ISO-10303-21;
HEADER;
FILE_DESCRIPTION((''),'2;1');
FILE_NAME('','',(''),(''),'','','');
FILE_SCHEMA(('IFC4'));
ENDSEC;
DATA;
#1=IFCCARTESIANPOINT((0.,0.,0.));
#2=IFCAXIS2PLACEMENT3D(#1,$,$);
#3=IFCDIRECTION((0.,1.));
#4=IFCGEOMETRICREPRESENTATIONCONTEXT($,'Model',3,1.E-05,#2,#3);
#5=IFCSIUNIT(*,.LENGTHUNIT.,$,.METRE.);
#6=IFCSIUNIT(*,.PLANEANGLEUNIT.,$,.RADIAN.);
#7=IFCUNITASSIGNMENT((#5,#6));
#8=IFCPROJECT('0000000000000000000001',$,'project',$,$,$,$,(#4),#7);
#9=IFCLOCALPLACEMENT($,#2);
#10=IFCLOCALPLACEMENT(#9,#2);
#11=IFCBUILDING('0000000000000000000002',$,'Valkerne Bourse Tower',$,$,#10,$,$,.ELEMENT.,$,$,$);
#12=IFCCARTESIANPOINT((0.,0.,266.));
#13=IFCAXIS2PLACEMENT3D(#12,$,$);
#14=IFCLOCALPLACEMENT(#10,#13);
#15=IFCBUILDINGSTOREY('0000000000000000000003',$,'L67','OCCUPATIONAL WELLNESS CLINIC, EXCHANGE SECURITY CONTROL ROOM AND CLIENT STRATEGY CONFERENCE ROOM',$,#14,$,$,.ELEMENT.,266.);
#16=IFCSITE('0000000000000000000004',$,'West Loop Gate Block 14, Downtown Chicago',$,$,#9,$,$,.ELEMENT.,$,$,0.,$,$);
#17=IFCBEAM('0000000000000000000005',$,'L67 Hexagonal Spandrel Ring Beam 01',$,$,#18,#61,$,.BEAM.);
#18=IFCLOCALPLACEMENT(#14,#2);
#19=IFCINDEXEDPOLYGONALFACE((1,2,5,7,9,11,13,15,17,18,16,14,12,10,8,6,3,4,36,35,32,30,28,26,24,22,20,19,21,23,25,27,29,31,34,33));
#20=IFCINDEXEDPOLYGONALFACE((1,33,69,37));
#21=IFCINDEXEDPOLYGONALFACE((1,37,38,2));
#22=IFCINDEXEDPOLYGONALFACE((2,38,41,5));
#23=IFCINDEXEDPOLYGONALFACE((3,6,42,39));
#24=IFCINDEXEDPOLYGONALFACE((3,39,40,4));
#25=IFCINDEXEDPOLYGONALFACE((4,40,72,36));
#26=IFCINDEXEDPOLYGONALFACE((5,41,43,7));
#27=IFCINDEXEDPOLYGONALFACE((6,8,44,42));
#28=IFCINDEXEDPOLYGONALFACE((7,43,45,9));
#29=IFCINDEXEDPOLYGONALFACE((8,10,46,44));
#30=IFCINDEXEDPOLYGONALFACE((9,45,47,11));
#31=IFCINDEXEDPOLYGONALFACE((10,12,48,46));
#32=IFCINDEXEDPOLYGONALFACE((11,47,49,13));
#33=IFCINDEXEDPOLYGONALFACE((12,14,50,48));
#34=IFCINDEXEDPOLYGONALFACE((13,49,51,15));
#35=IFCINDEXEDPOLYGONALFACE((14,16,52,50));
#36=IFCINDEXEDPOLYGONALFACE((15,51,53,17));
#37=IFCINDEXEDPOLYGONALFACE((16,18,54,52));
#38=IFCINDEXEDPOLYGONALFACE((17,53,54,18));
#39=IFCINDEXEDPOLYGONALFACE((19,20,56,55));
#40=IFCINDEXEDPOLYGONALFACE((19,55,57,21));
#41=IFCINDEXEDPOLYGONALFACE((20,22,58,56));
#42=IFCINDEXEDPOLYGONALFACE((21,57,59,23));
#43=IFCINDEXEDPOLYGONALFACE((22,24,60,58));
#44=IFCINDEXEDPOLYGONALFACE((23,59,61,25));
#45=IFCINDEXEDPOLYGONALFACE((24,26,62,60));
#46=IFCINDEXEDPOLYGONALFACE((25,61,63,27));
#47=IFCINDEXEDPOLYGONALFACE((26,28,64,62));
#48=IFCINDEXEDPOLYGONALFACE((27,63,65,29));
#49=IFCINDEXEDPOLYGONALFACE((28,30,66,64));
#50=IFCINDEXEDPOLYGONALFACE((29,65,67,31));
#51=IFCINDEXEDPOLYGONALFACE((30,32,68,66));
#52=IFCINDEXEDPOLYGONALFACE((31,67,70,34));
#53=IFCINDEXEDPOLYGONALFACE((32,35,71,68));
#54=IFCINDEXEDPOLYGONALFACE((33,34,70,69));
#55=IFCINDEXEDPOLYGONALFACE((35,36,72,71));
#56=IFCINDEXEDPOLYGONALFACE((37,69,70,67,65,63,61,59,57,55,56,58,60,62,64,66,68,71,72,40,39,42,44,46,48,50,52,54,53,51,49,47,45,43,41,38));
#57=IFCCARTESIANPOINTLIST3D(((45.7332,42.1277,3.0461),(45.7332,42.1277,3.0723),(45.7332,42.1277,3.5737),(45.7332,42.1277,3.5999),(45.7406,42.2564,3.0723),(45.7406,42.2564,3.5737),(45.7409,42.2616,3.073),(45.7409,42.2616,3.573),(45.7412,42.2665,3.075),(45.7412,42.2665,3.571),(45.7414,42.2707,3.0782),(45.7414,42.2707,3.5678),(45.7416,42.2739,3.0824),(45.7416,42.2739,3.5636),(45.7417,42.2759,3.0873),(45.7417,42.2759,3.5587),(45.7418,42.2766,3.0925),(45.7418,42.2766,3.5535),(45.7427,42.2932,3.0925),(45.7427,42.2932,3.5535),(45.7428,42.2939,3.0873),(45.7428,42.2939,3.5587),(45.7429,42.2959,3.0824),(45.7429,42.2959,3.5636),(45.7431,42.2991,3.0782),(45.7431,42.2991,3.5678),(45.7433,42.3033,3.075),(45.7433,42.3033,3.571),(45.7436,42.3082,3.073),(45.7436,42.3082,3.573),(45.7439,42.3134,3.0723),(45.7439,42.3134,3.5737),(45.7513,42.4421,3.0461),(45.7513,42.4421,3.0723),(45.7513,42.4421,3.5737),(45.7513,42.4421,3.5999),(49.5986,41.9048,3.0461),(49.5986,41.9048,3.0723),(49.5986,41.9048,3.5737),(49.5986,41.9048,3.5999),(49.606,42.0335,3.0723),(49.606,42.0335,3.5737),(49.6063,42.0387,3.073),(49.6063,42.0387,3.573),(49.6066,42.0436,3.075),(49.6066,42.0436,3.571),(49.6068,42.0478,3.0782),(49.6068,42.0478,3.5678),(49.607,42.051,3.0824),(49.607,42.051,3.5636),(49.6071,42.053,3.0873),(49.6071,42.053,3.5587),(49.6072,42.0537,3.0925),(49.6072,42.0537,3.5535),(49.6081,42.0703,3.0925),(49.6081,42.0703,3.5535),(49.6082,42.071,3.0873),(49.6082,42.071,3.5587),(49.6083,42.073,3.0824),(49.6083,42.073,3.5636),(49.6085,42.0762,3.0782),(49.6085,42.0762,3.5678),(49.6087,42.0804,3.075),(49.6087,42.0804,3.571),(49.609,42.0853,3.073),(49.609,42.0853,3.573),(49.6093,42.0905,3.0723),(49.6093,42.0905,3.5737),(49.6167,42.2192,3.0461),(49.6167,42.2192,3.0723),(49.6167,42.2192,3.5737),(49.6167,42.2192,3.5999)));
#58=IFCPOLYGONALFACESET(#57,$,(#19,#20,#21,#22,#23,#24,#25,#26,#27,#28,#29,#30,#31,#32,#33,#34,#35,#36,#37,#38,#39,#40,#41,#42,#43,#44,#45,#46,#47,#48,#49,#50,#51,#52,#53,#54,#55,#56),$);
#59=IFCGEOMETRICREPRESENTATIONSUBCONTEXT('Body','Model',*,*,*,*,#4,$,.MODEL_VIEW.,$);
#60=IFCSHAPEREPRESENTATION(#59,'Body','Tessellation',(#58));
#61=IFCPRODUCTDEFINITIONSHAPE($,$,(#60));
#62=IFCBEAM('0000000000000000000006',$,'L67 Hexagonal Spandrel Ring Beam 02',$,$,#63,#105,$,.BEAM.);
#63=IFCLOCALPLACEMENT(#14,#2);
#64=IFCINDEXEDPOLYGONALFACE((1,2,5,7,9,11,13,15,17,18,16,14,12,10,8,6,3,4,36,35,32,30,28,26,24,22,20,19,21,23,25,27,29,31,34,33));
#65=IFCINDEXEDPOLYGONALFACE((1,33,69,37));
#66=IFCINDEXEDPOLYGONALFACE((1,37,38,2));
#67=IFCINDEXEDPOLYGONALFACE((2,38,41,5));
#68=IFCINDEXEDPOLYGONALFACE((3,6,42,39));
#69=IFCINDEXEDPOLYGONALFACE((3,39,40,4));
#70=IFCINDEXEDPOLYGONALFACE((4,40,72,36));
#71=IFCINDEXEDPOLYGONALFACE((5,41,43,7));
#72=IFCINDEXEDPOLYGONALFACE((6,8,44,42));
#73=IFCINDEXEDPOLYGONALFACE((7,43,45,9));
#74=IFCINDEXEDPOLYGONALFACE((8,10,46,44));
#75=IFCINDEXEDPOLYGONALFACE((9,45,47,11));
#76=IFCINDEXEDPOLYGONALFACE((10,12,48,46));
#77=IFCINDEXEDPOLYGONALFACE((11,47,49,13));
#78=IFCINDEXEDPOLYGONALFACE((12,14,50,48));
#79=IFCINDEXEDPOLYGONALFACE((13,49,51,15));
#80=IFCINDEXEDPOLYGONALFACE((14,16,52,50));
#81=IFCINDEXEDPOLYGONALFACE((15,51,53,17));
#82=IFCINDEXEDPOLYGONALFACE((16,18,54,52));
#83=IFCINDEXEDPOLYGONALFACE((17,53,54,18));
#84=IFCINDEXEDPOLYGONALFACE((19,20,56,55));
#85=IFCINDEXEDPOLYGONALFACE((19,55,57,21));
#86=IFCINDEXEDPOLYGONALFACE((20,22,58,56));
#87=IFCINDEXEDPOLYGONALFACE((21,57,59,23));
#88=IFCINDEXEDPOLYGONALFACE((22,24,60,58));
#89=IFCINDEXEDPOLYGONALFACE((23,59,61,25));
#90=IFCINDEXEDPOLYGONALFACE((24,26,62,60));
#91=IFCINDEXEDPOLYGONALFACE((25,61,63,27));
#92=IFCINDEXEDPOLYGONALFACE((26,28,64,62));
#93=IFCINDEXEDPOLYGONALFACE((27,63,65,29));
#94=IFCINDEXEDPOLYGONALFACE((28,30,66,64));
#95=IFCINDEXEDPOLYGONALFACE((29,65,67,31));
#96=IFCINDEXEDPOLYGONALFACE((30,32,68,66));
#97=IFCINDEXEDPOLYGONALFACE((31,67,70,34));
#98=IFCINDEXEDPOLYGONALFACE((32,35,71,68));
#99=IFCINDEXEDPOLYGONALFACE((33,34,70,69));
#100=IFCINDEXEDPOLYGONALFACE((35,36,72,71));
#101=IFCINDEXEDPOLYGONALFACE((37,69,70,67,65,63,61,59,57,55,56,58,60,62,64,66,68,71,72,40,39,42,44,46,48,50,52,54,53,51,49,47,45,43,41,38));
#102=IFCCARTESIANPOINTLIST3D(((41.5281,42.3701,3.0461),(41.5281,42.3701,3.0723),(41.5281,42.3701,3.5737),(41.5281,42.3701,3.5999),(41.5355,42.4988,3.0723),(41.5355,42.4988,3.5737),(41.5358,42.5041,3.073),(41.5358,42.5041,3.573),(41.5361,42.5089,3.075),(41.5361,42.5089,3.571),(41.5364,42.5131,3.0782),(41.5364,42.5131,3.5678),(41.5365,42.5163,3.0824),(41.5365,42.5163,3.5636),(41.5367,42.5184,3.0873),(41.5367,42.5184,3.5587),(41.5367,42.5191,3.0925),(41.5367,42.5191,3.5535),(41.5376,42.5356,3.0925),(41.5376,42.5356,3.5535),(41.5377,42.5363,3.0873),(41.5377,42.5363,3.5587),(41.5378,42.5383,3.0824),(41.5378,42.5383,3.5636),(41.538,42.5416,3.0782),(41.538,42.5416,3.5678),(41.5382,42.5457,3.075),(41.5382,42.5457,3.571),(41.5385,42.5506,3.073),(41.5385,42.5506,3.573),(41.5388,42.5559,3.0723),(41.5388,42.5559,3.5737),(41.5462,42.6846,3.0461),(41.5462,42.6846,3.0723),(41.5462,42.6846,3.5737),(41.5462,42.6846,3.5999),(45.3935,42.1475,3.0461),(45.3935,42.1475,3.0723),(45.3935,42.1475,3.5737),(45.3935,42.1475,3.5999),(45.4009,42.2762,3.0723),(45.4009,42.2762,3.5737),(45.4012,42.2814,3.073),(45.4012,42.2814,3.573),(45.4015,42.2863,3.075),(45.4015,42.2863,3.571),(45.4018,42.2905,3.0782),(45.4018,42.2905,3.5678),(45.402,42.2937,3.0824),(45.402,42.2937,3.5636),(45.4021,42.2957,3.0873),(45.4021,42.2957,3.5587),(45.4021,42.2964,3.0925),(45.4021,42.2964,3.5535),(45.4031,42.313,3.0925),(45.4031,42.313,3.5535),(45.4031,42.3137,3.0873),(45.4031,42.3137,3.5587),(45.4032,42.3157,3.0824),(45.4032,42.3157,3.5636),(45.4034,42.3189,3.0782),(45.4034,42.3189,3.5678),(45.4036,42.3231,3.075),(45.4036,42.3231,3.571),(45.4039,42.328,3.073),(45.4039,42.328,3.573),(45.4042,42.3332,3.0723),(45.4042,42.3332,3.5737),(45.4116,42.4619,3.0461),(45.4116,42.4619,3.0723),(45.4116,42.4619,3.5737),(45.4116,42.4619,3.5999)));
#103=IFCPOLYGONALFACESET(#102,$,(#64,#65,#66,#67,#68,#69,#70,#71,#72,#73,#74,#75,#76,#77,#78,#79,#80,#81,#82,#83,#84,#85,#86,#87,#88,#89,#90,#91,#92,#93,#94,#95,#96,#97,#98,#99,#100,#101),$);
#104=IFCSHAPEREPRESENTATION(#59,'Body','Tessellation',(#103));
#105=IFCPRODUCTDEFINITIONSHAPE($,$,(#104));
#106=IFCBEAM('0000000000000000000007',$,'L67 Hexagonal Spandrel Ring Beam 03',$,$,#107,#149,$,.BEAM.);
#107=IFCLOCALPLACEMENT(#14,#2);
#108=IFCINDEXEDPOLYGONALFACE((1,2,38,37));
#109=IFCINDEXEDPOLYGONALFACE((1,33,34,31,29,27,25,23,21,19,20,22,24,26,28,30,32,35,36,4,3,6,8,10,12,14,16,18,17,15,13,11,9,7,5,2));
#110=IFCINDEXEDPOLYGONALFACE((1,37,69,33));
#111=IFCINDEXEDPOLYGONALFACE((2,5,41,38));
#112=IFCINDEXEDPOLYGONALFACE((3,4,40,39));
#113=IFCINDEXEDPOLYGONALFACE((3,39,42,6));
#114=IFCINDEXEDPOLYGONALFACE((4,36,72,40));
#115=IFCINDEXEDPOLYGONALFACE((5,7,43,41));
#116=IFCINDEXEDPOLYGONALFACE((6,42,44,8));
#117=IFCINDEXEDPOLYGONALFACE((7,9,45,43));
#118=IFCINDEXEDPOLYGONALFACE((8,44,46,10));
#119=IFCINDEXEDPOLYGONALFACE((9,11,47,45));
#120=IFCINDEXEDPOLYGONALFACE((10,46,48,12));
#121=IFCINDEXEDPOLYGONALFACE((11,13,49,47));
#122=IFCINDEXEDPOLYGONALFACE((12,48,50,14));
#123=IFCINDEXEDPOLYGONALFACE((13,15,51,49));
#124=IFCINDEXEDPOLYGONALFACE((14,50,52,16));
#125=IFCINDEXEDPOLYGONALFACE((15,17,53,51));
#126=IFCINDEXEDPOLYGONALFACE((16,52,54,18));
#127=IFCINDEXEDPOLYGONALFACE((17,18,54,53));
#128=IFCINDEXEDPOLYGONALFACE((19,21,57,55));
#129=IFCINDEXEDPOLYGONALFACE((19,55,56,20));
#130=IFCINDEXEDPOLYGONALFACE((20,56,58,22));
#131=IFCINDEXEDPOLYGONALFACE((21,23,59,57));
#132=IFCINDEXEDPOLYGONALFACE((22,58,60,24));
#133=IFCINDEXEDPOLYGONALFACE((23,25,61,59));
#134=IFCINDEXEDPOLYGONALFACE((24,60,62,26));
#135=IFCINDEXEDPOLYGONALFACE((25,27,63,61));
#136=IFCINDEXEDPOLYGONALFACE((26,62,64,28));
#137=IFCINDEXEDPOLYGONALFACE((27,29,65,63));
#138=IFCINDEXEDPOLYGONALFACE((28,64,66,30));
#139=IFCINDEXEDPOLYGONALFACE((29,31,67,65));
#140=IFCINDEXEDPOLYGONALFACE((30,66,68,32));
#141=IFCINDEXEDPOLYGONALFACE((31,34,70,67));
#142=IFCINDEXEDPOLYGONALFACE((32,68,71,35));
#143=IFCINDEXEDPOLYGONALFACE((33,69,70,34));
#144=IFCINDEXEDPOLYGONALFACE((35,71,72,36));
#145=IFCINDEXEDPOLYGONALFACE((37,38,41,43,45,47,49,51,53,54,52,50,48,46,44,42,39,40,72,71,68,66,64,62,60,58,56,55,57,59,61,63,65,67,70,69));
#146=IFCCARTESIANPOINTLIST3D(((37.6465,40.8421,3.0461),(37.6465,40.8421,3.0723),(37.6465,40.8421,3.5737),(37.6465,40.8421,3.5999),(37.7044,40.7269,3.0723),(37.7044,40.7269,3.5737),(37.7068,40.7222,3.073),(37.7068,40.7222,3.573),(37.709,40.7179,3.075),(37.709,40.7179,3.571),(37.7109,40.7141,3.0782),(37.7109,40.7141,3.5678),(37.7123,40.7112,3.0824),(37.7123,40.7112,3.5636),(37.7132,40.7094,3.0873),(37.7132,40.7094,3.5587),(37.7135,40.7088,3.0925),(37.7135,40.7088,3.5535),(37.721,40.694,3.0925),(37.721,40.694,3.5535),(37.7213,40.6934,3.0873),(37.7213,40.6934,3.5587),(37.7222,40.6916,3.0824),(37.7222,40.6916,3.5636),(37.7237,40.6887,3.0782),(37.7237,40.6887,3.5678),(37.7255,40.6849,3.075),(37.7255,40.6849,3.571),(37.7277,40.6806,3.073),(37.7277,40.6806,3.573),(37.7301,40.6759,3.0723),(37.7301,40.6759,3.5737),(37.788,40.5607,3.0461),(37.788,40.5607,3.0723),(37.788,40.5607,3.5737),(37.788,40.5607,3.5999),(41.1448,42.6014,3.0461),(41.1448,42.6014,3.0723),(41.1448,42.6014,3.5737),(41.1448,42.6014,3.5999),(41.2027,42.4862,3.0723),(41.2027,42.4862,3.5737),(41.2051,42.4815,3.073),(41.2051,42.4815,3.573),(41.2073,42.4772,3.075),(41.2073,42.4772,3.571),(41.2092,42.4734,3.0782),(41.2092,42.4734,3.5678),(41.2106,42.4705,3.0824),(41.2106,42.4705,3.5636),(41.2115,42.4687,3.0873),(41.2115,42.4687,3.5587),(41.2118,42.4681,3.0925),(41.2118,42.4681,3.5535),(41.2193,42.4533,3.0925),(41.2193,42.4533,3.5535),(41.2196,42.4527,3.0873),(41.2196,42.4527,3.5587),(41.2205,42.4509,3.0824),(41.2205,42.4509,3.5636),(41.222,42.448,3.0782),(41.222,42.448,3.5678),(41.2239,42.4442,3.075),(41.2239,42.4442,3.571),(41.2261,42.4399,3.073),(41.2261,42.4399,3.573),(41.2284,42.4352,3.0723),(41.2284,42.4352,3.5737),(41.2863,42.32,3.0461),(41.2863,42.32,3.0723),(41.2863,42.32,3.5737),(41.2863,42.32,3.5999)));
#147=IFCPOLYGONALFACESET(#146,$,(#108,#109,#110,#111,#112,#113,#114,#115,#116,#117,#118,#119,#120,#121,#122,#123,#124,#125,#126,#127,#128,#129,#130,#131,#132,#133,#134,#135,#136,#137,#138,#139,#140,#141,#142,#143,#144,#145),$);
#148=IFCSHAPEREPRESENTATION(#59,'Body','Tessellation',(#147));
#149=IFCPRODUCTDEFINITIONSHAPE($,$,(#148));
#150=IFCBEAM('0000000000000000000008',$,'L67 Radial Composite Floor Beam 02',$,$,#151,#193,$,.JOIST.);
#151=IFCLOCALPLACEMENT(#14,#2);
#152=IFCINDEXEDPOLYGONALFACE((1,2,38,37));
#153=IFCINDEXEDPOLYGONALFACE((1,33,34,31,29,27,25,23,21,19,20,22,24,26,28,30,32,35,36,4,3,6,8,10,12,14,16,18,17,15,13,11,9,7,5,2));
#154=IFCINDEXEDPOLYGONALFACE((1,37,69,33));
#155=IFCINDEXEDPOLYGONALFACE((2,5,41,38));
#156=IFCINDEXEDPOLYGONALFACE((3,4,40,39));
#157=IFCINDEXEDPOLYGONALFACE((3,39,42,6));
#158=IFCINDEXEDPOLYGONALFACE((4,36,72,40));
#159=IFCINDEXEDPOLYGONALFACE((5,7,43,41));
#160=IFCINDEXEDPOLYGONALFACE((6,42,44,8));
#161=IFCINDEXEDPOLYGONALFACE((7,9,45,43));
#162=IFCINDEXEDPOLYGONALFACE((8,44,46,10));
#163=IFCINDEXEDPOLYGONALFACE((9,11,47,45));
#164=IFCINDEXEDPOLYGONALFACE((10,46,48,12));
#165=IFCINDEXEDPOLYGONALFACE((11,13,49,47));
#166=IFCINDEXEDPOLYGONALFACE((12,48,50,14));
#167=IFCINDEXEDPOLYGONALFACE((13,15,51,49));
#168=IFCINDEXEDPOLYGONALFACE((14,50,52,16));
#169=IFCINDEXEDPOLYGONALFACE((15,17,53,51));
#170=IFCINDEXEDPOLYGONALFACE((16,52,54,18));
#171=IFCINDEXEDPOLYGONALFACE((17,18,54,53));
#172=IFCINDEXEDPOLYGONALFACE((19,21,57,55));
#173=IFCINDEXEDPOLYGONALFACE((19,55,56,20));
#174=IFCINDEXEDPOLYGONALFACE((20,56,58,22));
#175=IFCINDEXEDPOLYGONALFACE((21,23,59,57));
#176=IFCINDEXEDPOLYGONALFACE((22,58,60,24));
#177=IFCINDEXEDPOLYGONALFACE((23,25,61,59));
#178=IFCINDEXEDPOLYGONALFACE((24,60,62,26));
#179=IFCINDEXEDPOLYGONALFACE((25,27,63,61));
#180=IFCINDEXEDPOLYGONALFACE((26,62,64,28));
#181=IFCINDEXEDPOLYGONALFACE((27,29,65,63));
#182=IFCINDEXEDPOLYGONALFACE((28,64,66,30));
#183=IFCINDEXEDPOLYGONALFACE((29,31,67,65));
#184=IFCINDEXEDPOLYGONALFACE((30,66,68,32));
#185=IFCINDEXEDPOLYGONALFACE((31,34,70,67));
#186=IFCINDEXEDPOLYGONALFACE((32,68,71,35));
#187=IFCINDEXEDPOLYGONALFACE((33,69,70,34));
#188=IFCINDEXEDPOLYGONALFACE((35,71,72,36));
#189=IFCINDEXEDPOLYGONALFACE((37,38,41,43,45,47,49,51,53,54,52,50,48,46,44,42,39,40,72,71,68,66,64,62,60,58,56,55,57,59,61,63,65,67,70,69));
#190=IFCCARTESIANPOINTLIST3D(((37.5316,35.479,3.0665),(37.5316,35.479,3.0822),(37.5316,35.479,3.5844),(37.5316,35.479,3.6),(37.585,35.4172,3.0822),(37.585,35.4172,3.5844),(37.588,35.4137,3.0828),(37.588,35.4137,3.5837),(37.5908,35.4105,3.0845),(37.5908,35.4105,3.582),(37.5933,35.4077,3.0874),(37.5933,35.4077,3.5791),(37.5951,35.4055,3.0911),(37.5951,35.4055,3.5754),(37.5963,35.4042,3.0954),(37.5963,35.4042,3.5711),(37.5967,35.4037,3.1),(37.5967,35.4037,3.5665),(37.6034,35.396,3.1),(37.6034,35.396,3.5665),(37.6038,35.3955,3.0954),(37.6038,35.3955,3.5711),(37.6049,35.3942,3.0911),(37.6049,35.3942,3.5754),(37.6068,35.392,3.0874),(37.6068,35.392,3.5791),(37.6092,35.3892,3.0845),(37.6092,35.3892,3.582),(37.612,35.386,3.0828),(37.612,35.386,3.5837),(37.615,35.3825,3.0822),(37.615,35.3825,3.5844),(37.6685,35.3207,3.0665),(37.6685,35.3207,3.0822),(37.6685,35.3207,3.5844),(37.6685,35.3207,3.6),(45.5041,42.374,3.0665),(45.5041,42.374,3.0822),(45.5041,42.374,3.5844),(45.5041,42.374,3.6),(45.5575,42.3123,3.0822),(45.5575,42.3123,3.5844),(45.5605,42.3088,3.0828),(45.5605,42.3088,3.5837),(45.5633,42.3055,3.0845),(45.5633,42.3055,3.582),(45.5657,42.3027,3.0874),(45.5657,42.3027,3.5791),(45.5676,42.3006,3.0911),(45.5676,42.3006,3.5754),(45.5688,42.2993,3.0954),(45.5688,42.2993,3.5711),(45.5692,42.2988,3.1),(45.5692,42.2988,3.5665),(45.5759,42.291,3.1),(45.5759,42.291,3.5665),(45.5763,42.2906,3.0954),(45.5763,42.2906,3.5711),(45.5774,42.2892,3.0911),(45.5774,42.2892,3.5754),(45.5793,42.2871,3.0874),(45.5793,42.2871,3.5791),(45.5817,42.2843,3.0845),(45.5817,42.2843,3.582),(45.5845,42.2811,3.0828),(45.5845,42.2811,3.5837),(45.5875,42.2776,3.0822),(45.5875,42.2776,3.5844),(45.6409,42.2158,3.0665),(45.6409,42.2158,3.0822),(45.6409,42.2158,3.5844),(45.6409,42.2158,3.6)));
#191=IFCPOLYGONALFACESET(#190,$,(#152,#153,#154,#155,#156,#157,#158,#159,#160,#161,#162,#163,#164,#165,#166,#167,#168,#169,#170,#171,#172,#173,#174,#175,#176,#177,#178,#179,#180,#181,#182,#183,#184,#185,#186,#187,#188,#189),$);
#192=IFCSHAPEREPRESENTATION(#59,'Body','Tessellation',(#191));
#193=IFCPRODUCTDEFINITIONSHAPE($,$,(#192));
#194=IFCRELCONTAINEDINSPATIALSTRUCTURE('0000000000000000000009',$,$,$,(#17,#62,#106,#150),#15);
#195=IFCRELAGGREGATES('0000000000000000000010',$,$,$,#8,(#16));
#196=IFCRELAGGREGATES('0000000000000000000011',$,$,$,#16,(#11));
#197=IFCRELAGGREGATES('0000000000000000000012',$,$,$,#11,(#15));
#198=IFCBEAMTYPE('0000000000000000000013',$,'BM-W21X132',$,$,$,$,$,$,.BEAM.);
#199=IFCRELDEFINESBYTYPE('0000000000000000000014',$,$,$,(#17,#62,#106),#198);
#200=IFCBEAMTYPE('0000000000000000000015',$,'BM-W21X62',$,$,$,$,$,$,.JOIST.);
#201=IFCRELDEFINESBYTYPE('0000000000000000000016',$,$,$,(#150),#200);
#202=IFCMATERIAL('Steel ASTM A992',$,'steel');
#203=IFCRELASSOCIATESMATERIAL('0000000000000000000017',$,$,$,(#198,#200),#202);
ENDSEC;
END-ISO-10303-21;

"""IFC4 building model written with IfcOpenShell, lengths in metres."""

from ifc_helpers import new_model, si_unit, direction, frame, origin, origin_2d, place, context, subcontext, project, spatial, i_section, extrude, material, material_profile, profile_set, type_object, element, save


model = new_model("IFC4")

# Units and contexts
model_context = context("Model", 3, precision=1e-05, world=origin(), true_north=direction((0.0, 1.0)))
body_context = subcontext(model_context, "Body", "Model", "MODEL_VIEW")
ifc_project = project(units=[si_unit("LENGTHUNIT", "METRE"), si_unit("PLANEANGLEUNIT", "RADIAN")], contexts=[model_context])

# Site, building, storey
site_placement = place(None, origin())
site = spatial("IfcSite", under=ifc_project, at=site_placement, Name="West Loop Gate Block 14, Downtown Chicago", CompositionType="ELEMENT", RefElevation=0.0)
building_placement = place(site_placement, origin())
building = spatial("IfcBuilding", under=site, at=building_placement, Name="Valkerne Bourse Tower", CompositionType="ELEMENT")
storey_placement = place(building_placement, frame((0.0, 0.0, 266.0)))
storey = spatial("IfcBuildingStorey", under=building, at=storey_placement, Name="L67", Description="OCCUPATIONAL WELLNESS CLINIC, EXCHANGE SECURITY CONTROL ROOM AND CLIENT STRATEGY CONFERENCE ROOM", CompositionType="ELEMENT", Elevation=266.0)

# Beams
ifc_material_1 = material(Name="Steel ASTM A992", Category="steel")
ifc_material_profile_1 = material_profile(ifc_material_1, i_section(OverallWidth=0.3149, OverallDepth=0.5537, WebThickness=0.0166, FlangeThickness=0.0261, FilletRadius=0.0203, at=origin_2d()), Name="W21X132")
ifc_profile_set_1 = profile_set([ifc_material_profile_1], Name="Steel ASTM A992")
beam_type_1 = type_object("IfcBeamType", Name="BM-W21X132", PredefinedType="BEAM", material=ifc_profile_set_1)
for number, where, z_axis, x_axis, name in (
    (1, (49.6077, 42.062, 3.323), (-0.998342, 0.057569, 0.0), (-0.057569, -0.998342, 0.0), "L67 Hexagonal Spandrel Ring Beam 01"),
    (2, (45.4026, 42.3047, 3.323), (-0.998345, 0.057506, 0.0), (-0.057506, -0.998345, 0.0), "L67 Hexagonal Spandrel Ring Beam 02"),
):
    element("IfcBeam", number, at=place(storey_placement, frame(where, z_axis=z_axis, x_axis=x_axis)), inside=storey, type_object=beam_type_1, Name=name, PredefinedType="BEAM", context=body_context, shape_type="SweptSolid", body=[
        extrude(i_section(OverallWidth=0.3149, OverallDepth=0.5537, WebThickness=0.0166, FlangeThickness=0.0261, FilletRadius=0.0203, at=origin_2d()), origin(), (0.0, 0.0, 1.0), 3.8718),
    ])
beam_1_placement = place(storey_placement, frame((41.2156, 42.4607, 3.323), z_axis=(-0.89339, -0.449282, 0.0), x_axis=(0.449282, -0.89339, 0.0)))
element("IfcBeam", 3, at=beam_1_placement, inside=storey, type_object=beam_type_1, Name="L67 Hexagonal Spandrel Ring Beam 03", PredefinedType="BEAM", context=body_context, shape_type="SweptSolid", body=[
    extrude(i_section(OverallWidth=0.3149, OverallDepth=0.5537, WebThickness=0.0166, FlangeThickness=0.0261, FilletRadius=0.0203, at=origin_2d()), origin(), (0.0, 0.0, 1.0), 3.9158),
])
ifc_material_profile_2 = material_profile(ifc_material_1, i_section(OverallWidth=0.2092, OverallDepth=0.5334, WebThickness=0.0103, FlangeThickness=0.0156, FilletRadius=0.0178, at=origin_2d()), Name="W21X62")
ifc_profile_set_2 = profile_set([ifc_material_profile_2], Name="Steel ASTM A992")
beam_type_2 = type_object("IfcBeamType", Name="BM-W21X62", PredefinedType="JOIST", material=ifc_profile_set_2)
beam_2_placement = place(storey_placement, frame((45.5725, 42.2949, 3.3333), z_axis=(-0.756365, -0.65415, 0.0), x_axis=(0.65415, -0.756365, 0.0)))
element("IfcBeam", 4, at=beam_2_placement, inside=storey, type_object=beam_type_2, Name="L67 Radial Composite Floor Beam 02", PredefinedType="JOIST", context=body_context, shape_type="SweptSolid", body=[
    extrude(i_section(OverallWidth=0.2092, OverallDepth=0.5334, WebThickness=0.0103, FlangeThickness=0.0156, FilletRadius=0.0178, at=origin_2d()), origin(), (0.0, 0.0, 1.0), 10.5405),
])

save(model, "model.ifc")
